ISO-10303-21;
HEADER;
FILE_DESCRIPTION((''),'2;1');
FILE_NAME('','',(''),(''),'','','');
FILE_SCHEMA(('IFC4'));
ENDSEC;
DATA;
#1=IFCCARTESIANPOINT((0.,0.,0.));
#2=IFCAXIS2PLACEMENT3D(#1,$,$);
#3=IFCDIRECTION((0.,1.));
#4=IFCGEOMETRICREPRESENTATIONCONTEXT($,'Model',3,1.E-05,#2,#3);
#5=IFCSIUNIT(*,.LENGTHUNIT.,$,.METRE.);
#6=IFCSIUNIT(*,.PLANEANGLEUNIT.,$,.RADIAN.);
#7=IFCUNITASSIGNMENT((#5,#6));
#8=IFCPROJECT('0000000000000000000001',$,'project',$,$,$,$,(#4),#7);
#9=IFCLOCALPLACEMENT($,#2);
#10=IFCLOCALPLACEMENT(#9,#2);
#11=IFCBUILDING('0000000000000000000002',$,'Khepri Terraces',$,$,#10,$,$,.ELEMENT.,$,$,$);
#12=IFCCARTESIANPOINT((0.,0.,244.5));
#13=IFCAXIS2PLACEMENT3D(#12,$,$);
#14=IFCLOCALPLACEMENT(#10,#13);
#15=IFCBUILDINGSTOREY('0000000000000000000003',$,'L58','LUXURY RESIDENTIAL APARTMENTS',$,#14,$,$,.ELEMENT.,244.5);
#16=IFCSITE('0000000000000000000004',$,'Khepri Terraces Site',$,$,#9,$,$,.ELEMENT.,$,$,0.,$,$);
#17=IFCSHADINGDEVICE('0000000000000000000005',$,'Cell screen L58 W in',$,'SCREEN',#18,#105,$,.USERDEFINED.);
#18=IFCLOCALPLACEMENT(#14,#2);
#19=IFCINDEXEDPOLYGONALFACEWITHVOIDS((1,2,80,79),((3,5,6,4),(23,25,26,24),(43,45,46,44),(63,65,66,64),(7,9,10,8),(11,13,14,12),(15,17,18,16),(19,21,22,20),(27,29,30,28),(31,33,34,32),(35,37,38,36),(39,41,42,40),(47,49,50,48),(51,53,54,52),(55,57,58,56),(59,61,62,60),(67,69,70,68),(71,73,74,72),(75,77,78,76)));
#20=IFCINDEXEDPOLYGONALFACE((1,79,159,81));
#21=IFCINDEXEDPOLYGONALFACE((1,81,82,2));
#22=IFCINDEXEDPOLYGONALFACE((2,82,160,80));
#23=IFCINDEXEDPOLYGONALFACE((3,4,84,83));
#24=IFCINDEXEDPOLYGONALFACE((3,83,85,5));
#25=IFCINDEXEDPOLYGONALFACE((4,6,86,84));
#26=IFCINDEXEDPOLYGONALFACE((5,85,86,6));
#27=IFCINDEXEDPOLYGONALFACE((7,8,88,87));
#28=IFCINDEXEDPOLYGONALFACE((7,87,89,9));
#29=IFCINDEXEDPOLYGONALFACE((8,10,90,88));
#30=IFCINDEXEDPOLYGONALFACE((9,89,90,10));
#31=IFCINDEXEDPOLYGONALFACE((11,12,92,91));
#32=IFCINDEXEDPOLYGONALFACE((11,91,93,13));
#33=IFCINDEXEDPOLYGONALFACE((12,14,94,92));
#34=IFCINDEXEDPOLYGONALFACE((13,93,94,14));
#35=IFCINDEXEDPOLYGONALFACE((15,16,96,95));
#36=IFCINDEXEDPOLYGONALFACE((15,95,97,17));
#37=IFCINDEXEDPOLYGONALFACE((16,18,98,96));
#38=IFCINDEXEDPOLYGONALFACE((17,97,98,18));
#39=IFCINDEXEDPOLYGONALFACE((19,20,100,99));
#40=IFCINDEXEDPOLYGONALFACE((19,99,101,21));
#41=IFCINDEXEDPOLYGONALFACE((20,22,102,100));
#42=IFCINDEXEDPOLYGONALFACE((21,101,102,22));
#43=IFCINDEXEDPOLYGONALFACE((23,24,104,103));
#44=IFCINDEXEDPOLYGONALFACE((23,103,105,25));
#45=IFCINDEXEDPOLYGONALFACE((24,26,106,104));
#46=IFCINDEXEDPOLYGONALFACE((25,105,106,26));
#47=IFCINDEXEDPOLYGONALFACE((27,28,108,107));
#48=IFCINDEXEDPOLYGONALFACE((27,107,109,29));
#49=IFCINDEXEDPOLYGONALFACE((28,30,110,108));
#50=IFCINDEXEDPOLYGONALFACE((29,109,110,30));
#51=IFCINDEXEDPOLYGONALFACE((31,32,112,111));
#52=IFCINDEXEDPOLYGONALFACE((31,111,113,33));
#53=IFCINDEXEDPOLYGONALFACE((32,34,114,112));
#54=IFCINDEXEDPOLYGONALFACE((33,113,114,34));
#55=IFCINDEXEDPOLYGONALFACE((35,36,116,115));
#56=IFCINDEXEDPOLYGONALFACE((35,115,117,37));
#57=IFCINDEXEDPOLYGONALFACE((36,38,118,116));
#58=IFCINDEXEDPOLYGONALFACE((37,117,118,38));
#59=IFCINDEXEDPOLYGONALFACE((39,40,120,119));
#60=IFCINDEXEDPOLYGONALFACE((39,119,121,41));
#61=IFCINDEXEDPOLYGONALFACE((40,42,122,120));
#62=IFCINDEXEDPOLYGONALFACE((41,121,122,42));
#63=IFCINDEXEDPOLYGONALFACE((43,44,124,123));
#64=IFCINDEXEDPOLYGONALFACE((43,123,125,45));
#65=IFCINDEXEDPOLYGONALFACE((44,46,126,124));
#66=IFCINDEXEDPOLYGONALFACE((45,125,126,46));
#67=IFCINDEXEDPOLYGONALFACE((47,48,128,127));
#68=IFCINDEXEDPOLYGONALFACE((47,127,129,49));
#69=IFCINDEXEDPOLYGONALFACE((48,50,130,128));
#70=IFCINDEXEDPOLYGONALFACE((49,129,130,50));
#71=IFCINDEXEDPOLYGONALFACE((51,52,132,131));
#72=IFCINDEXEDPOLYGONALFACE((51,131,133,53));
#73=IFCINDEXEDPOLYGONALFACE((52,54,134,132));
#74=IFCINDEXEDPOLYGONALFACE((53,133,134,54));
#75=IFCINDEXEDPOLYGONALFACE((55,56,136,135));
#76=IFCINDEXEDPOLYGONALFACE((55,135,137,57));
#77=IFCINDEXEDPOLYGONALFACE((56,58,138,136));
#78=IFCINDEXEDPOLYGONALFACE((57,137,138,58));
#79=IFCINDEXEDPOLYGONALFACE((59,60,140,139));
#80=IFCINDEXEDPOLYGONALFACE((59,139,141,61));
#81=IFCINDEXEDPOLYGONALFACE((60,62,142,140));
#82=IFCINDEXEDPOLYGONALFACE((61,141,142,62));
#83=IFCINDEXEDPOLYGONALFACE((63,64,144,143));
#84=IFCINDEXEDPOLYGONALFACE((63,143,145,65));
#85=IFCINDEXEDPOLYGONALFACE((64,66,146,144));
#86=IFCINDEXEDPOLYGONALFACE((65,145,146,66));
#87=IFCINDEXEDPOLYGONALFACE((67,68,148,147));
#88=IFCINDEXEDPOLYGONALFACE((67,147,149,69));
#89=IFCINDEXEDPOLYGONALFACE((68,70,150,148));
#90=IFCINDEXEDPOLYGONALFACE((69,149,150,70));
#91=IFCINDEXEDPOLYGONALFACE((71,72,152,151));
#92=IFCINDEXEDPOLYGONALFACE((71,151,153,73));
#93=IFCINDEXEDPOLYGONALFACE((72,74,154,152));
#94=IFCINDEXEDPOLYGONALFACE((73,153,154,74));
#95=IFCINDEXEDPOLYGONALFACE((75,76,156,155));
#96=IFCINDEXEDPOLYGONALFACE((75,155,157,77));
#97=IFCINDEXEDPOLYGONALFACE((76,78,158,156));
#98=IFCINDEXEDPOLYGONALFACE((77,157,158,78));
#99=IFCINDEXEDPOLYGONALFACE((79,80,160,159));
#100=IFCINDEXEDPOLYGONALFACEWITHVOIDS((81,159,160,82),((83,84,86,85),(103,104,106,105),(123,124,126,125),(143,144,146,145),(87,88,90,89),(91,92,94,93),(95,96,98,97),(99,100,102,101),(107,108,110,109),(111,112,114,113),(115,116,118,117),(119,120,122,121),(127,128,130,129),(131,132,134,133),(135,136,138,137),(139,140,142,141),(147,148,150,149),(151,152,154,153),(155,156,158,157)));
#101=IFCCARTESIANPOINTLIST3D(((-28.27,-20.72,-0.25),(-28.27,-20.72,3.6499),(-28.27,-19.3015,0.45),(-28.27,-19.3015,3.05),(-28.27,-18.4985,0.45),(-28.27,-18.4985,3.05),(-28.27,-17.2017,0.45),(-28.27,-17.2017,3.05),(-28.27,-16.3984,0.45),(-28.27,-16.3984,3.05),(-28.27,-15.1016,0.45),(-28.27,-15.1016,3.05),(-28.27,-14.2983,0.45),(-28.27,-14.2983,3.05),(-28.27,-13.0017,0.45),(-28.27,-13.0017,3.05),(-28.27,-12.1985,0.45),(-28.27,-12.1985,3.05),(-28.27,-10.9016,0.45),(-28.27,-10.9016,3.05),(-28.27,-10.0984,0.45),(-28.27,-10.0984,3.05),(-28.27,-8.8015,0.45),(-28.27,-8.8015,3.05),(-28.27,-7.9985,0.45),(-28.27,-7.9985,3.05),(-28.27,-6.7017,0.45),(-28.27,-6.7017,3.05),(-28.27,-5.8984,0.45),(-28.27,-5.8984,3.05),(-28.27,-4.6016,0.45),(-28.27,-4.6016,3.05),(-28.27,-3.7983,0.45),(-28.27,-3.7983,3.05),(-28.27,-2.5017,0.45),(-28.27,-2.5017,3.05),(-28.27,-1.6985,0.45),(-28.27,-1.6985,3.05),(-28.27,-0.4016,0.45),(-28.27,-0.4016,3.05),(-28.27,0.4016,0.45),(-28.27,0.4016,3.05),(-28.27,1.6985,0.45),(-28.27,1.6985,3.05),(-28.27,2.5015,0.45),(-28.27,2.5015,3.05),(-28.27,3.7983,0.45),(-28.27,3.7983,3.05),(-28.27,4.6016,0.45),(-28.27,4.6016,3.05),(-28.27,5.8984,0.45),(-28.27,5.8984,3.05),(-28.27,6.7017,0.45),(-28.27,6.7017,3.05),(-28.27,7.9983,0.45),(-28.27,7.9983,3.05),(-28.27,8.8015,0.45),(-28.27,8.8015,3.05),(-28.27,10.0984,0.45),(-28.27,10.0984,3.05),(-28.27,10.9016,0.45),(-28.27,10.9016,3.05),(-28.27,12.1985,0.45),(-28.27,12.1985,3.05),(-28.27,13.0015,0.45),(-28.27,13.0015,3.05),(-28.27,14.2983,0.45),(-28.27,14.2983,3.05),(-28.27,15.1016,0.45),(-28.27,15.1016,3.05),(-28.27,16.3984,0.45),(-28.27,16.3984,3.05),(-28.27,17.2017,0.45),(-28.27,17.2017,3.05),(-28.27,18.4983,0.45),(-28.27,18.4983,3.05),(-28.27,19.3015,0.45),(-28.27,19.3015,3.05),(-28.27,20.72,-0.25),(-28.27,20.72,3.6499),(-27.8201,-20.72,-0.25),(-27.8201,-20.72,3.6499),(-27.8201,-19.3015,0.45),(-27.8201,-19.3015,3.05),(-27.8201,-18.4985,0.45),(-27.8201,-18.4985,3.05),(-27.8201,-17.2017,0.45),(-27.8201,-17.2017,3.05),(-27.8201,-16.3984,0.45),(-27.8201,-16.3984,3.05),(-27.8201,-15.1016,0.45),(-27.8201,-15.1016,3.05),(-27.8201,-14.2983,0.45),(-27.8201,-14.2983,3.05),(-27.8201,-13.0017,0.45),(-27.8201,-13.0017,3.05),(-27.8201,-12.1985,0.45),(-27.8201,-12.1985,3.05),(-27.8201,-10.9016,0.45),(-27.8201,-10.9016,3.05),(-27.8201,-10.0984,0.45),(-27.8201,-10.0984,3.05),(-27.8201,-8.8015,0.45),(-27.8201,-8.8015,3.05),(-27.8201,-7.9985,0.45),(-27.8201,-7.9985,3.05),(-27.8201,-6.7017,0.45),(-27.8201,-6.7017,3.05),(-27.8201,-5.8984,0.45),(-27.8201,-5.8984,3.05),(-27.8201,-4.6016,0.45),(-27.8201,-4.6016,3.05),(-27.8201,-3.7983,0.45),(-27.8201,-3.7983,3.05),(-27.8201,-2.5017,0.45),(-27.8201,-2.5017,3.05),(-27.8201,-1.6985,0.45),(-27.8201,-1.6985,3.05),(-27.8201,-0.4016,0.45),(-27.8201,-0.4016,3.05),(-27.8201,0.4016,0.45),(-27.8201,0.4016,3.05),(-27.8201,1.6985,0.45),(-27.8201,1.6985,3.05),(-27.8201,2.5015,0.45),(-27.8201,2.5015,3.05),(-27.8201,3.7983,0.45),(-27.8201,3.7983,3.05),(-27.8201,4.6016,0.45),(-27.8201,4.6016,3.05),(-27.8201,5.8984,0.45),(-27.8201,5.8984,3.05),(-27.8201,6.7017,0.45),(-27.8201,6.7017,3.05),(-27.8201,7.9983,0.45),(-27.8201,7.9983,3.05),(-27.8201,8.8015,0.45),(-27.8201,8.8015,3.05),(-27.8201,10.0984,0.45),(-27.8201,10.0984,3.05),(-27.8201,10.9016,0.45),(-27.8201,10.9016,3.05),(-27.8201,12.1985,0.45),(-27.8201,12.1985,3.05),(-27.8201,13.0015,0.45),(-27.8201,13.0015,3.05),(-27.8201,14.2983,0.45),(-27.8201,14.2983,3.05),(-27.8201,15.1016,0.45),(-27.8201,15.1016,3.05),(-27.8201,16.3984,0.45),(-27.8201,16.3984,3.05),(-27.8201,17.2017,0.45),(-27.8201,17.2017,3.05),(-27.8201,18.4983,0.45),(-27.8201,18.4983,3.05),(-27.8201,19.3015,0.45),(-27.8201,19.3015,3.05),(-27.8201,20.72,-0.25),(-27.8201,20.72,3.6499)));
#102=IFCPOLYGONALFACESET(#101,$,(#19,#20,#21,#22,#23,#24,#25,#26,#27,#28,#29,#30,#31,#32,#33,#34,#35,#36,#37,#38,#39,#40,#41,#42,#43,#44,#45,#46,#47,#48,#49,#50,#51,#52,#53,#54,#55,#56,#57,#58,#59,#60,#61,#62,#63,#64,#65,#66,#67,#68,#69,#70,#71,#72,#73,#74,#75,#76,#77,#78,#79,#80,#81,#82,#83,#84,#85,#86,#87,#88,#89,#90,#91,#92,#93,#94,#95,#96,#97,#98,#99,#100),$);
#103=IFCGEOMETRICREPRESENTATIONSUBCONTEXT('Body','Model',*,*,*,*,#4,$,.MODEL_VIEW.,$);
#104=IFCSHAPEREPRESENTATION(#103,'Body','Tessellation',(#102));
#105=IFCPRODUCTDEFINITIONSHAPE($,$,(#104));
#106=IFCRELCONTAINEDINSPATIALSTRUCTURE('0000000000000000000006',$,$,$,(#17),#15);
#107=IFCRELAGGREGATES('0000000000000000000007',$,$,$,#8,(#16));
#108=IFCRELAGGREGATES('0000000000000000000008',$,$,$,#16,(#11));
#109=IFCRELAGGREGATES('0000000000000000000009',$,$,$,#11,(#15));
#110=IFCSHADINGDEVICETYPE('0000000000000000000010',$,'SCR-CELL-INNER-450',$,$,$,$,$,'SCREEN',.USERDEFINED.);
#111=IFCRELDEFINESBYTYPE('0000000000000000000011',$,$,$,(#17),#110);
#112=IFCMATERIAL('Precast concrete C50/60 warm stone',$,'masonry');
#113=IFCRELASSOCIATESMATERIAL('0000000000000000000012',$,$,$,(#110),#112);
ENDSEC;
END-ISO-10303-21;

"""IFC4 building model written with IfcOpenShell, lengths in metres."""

from ifc_helpers import new_model, si_unit, direction, frame, origin, place, context, subcontext, project, spatial, polyline, outline, extrude, material, type_object, element, save


model = new_model("IFC4")

# Units and contexts
model_context = context("Model", 3, precision=1e-05, world=origin(), true_north=direction((0.0, 1.0)))
body_context = subcontext(model_context, "Body", "Model", "MODEL_VIEW")
ifc_project = project(units=[si_unit("LENGTHUNIT", "METRE"), si_unit("PLANEANGLEUNIT", "RADIAN")], contexts=[model_context])

# Site, building, storey
site_placement = place(None, origin())
site = spatial("IfcSite", under=ifc_project, at=site_placement, Name="Khepri Terraces Site", CompositionType="ELEMENT", RefElevation=0.0)
building_placement = place(site_placement, origin())
building = spatial("IfcBuilding", under=site, at=building_placement, Name="Khepri Terraces", CompositionType="ELEMENT")
storey_placement = place(building_placement, frame((0.0, 0.0, 244.5)))
storey = spatial("IfcBuildingStorey", under=building, at=storey_placement, Name="L58", Description="LUXURY RESIDENTIAL APARTMENTS", CompositionType="ELEMENT", Elevation=244.5)

# Shared definitions
ifc_material_1 = material(Name="Precast concrete C50/60 warm stone", Category="masonry")

# Shading device
shading_device_type_1 = type_object("IfcShadingDeviceType", Name="SCR-CELL-INNER-450", ElementType="SCREEN", PredefinedType="USERDEFINED", material=ifc_material_1)
shading_device_1_placement = place(storey_placement, frame((-27.8201, 20.72, -0.25), z_axis=(-1.0, 0.0, 0.0), x_axis=(0.0, -1.0, 0.0)))
element("IfcShadingDevice", 1, at=shading_device_1_placement, inside=storey, type_object=shading_device_type_1, Name="Cell screen L58 W in", ObjectType="SCREEN", PredefinedType="USERDEFINED", context=body_context, shape_type="SweptSolid", body=[
    extrude(outline(polyline([(0.0, 0.0), (41.4399, 0.0), (41.4399, 3.8999), (0.0, 3.8999), (0.0, 0.0)]), holes=[polyline([(1.4185, 0.7), (2.2217, 0.7), (2.2217, 3.3), (1.4185, 3.3), (1.4185, 0.7)]), polyline([(3.5183, 0.7), (4.3215, 0.7), (4.3215, 3.3), (3.5183, 3.3), (3.5183, 0.7)]), polyline([(5.6184, 0.7), (6.4216, 0.7), (6.4216, 3.3), (5.6184, 3.3), (5.6184, 0.7)]), polyline([(7.7185, 0.7), (8.5215, 0.7), (8.5215, 3.3), (7.7185, 3.3), (7.7185, 0.7)]), polyline([(9.8184, 0.7), (10.6216, 0.7), (10.6216, 3.3), (9.8184, 3.3), (9.8184, 0.7)]), polyline([(11.9185, 0.7), (12.7217, 0.7), (12.7217, 3.3), (11.9185, 3.3), (11.9185, 0.7)]), polyline([(14.0183, 0.7), (14.8215, 0.7), (14.8215, 3.3), (14.0183, 3.3), (14.0183, 0.7)]), polyline([(16.1184, 0.7), (16.9216, 0.7), (16.9216, 3.3), (16.1184, 3.3), (16.1184, 0.7)]), polyline([(18.2185, 0.7), (19.0215, 0.7), (19.0215, 3.3), (18.2185, 3.3), (18.2185, 0.7)]), polyline([(20.3184, 0.7), (21.1216, 0.7), (21.1216, 3.3), (20.3184, 3.3), (20.3184, 0.7)]), polyline([(22.4185, 0.7), (23.2217, 0.7), (23.2217, 3.3), (22.4185, 3.3), (22.4185, 0.7)]), polyline([(24.5183, 0.7), (25.3215, 0.7), (25.3215, 3.3), (24.5183, 3.3), (24.5183, 0.7)]), polyline([(26.6184, 0.7), (27.4216, 0.7), (27.4216, 3.3), (26.6184, 3.3), (26.6184, 0.7)]), polyline([(28.7185, 0.7), (29.5215, 0.7), (29.5215, 3.3), (28.7185, 3.3), (28.7185, 0.7)]), polyline([(30.8184, 0.7), (31.6216, 0.7), (31.6216, 3.3), (30.8184, 3.3), (30.8184, 0.7)]), polyline([(32.9185, 0.7), (33.7217, 0.7), (33.7217, 3.3), (32.9185, 3.3), (32.9185, 0.7)]), polyline([(35.0183, 0.7), (35.8215, 0.7), (35.8215, 3.3), (35.0183, 3.3), (35.0183, 0.7)]), polyline([(37.1184, 0.7), (37.9216, 0.7), (37.9216, 3.3), (37.1184, 3.3), (37.1184, 0.7)]), polyline([(39.2185, 0.7), (40.0215, 0.7), (40.0215, 3.3), (39.2185, 3.3), (39.2185, 0.7)])]), origin(), (0.0, 0.0, 1.0), 0.45),
])

save(model, "model.ifc")
